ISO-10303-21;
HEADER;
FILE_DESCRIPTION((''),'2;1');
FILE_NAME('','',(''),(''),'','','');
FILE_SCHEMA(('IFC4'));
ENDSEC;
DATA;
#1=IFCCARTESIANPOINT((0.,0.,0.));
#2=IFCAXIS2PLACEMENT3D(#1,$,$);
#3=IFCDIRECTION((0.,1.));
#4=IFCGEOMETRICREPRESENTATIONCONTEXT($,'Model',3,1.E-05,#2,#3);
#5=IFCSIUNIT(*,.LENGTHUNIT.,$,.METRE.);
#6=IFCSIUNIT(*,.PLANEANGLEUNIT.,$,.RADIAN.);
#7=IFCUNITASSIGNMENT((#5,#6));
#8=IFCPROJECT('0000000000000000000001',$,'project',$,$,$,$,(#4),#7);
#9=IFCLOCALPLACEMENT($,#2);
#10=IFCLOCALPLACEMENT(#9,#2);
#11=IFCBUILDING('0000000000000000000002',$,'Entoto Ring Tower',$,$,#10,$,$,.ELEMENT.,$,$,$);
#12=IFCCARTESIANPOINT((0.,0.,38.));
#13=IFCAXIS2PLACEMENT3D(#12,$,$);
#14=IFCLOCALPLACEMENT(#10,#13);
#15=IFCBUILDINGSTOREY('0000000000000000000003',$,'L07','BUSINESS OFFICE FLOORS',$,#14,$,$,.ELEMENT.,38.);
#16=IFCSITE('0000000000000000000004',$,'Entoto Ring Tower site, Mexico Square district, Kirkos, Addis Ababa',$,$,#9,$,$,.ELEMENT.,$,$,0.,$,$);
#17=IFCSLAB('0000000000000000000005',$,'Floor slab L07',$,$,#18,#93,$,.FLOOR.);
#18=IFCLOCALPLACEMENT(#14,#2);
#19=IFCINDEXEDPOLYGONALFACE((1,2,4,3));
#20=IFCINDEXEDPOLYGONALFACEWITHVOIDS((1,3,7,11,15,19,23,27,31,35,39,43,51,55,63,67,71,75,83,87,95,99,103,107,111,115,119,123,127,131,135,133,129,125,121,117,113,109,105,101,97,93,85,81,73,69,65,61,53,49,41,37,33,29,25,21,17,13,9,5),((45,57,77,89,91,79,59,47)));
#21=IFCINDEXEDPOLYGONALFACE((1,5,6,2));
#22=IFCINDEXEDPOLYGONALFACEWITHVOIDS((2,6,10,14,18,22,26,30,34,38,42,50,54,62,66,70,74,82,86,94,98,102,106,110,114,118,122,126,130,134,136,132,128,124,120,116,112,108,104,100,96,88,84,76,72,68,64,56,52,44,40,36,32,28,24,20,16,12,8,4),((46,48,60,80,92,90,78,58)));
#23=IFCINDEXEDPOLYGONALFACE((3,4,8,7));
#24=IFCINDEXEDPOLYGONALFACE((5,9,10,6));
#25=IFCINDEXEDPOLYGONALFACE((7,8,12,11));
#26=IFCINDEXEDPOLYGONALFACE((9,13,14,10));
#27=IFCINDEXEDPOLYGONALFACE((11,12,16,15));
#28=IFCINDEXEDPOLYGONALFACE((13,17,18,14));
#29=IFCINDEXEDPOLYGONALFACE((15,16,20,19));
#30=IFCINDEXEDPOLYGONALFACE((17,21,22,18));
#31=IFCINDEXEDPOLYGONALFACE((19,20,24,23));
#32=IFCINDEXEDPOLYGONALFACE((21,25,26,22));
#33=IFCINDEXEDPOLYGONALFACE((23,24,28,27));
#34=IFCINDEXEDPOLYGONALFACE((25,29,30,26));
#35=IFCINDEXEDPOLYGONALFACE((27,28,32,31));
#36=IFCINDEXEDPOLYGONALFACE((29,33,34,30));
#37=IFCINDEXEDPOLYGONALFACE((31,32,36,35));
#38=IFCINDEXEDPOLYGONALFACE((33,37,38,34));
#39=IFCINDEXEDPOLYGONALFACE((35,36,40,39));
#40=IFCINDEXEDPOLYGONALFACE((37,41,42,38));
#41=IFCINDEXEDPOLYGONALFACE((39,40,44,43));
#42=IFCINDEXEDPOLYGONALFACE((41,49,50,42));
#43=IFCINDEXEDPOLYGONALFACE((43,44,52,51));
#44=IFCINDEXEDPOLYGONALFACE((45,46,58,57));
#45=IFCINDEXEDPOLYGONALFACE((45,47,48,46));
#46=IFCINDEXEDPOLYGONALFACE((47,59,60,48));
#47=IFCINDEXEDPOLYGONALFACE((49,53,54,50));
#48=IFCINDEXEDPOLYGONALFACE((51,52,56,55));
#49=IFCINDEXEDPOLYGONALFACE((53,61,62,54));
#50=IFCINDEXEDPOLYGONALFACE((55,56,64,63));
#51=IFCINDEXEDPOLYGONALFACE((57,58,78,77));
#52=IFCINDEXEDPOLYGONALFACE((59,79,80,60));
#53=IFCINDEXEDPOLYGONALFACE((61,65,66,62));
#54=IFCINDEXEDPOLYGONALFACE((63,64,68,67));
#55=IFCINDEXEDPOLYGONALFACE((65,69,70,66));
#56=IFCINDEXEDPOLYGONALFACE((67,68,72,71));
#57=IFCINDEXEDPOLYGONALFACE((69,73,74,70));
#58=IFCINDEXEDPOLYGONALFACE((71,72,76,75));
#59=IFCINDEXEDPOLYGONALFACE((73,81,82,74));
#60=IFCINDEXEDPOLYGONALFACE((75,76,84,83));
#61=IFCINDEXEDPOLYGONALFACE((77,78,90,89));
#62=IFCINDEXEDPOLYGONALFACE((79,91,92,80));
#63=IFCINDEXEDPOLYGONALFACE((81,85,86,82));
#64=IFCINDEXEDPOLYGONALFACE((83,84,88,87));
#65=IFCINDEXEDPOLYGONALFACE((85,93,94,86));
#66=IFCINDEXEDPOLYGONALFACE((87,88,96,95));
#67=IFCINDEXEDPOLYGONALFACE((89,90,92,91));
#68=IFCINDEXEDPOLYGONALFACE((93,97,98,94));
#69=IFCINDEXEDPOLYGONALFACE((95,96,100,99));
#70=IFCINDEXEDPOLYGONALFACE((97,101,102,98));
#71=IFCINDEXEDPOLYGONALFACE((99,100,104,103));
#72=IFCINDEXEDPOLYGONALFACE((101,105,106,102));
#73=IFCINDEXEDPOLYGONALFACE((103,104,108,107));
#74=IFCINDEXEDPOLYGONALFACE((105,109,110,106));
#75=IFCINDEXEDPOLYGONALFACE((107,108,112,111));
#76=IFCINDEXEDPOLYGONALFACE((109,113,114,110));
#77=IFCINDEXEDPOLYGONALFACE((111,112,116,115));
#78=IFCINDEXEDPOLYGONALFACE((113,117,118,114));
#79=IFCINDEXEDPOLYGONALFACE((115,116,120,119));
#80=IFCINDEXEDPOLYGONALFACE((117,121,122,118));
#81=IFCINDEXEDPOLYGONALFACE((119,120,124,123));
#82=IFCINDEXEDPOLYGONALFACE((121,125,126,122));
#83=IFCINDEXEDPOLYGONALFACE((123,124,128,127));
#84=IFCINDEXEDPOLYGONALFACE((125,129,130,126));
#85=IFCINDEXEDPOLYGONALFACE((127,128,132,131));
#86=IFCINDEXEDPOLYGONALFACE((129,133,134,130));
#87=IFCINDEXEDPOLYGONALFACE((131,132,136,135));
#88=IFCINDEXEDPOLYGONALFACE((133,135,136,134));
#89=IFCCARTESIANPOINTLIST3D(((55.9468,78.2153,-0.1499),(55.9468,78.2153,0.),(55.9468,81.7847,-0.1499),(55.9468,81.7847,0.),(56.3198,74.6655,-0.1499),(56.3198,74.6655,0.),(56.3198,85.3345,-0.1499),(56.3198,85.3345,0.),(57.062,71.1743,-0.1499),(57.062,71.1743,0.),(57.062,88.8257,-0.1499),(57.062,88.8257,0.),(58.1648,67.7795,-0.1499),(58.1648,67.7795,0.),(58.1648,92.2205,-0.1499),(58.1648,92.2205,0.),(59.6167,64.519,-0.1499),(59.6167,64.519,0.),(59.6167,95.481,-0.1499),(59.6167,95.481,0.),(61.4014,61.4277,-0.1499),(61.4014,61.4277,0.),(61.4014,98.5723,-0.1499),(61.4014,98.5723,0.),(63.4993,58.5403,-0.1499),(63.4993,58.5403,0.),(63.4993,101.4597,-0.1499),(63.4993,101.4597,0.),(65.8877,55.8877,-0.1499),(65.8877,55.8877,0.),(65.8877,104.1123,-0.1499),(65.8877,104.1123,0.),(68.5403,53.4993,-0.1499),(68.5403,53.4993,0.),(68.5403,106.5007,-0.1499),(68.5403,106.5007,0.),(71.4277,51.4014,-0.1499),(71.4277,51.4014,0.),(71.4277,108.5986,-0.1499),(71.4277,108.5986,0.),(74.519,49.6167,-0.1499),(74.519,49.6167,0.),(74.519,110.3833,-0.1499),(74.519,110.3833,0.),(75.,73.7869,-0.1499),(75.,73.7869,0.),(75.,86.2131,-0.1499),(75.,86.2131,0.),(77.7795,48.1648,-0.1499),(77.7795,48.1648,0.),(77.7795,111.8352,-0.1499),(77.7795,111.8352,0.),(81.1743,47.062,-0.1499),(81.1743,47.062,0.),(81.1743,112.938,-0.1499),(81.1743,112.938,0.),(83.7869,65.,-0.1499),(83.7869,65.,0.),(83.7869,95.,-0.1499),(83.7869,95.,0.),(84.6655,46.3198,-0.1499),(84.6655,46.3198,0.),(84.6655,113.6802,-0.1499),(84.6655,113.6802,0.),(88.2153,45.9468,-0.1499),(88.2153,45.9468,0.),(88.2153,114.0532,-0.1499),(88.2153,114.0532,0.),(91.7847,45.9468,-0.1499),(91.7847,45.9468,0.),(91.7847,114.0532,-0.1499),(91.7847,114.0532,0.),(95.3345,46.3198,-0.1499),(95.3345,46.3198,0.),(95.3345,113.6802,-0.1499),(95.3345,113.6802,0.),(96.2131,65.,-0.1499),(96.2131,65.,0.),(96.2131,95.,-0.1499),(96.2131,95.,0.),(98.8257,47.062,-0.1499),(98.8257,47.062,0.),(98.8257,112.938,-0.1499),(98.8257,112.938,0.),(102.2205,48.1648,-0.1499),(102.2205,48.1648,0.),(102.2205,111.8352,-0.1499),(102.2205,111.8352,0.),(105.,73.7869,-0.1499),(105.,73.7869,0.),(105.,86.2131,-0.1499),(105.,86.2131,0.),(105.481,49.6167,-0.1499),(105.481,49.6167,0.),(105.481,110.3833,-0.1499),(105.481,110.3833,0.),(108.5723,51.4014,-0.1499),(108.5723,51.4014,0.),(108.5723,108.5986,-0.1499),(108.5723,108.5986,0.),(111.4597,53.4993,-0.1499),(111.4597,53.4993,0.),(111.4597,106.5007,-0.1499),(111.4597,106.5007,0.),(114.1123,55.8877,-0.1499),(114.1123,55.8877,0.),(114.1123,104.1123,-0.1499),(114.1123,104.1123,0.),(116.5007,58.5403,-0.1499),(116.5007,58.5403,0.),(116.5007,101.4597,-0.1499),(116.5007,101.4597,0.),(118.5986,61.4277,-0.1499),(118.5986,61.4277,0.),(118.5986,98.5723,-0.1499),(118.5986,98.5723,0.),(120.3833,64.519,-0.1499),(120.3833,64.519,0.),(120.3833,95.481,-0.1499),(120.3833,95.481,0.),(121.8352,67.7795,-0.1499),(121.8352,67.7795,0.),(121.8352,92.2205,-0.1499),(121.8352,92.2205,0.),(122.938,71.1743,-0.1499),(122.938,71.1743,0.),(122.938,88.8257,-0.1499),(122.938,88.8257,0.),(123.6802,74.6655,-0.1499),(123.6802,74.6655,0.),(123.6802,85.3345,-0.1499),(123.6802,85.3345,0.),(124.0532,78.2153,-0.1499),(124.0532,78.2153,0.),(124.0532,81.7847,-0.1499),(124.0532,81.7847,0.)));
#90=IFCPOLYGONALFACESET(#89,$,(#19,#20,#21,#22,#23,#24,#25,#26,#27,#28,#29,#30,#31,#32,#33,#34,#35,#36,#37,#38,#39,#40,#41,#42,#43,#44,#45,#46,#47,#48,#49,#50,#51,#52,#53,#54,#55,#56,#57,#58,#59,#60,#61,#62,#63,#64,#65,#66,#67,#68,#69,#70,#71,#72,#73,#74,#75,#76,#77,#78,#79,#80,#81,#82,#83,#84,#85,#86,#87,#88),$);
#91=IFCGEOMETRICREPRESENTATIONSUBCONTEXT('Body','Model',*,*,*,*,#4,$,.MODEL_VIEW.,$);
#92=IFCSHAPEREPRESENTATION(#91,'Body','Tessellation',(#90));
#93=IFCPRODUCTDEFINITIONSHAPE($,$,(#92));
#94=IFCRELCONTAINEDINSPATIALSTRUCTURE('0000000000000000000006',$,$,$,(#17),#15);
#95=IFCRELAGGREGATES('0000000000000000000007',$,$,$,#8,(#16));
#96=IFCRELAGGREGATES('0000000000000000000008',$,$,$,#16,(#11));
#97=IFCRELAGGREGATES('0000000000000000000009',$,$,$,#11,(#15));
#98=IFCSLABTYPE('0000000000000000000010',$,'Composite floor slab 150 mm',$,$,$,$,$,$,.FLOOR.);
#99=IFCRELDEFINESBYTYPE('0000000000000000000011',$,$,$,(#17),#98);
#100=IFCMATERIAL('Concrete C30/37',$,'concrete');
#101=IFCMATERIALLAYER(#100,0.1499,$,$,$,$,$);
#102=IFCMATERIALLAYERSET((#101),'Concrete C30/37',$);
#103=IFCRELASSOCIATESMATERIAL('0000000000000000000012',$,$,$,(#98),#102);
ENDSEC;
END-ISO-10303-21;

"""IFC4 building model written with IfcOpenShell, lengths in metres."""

from ifc_helpers import new_model, si_unit, direction, frame, origin, place, context, subcontext, project, spatial, polyline, outline, extrude, material, layer, layer_set, type_object, element, save


model = new_model("IFC4")

# Units and contexts
model_context = context("Model", 3, precision=1e-05, world=origin(), true_north=direction((0.0, 1.0)))
body_context = subcontext(model_context, "Body", "Model", "MODEL_VIEW")
ifc_project = project(units=[si_unit("LENGTHUNIT", "METRE"), si_unit("PLANEANGLEUNIT", "RADIAN")], contexts=[model_context])

# Site, building, storey
site_placement = place(None, origin())
building_placement = place(site_placement, origin())
storey_placement = place(building_placement, frame((0.0, 0.0, 38.0)))
site = spatial("IfcSite", under=ifc_project, at=site_placement, Name="Entoto Ring Tower site, Mexico Square district, Kirkos, Addis Ababa", CompositionType="ELEMENT", RefElevation=0.0)
building = spatial("IfcBuilding", under=site, at=building_placement, Name="Entoto Ring Tower", CompositionType="ELEMENT")
storey = spatial("IfcBuildingStorey", under=building, at=storey_placement, Name="L07", Description="BUSINESS OFFICE FLOORS", CompositionType="ELEMENT", Elevation=38.0)

# Slab
ifc_material_1 = material(Name="Concrete C30/37", Category="concrete")
ifc_layer_1 = layer(ifc_material_1, 0.1499)
ifc_layer_set_1 = layer_set([ifc_layer_1], Name="Concrete C30/37")
slab_type = type_object("IfcSlabType", Name="Composite floor slab 150 mm", PredefinedType="FLOOR", material=ifc_layer_set_1)
slab_placement = place(storey_placement, frame((0.0, 0.0, -0.1499)))
element("IfcSlab", 1, at=slab_placement, inside=storey, type_object=slab_type, Name="Floor slab L07", PredefinedType="FLOOR", context=body_context, shape_type="SweptSolid", body=[
    extrude(outline(polyline([(123.6802, 85.3345), (122.938, 88.8257), (121.8352, 92.2205), (120.3833, 95.481), (118.5986, 98.5723), (116.5007, 101.4597), (114.1123, 104.1123), (111.4597, 106.5007), (108.5723, 108.5986), (105.481, 110.3833), (102.2205, 111.8352), (98.8257, 112.938), (95.3345, 113.6802), (91.7847, 114.0532), (88.2153, 114.0532), (84.6655, 113.6802), (81.1743, 112.938), (77.7795, 111.8352), (74.519, 110.3833), (71.4277, 108.5986), (68.5403, 106.5007), (65.8877, 104.1123), (63.4993, 101.4597), (61.4014, 98.5723), (59.6167, 95.481), (58.1648, 92.2205), (57.062, 88.8257), (56.3198, 85.3345), (55.9468, 81.7847), (55.9468, 78.2153), (56.3198, 74.6655), (57.062, 71.1743), (58.1648, 67.7795), (59.6167, 64.519), (61.4014, 61.4277), (63.4993, 58.5403), (65.8877, 55.8877), (68.5403, 53.4993), (71.4277, 51.4014), (74.519, 49.6167), (77.7795, 48.1648), (81.1743, 47.062), (84.6655, 46.3198), (88.2153, 45.9468), (91.7847, 45.9468), (95.3345, 46.3198), (98.8257, 47.062), (102.2205, 48.1648), (105.481, 49.6167), (108.5723, 51.4014), (111.4597, 53.4993), (114.1123, 55.8877), (116.5007, 58.5403), (118.5986, 61.4277), (120.3833, 64.519), (121.8352, 67.7795), (122.938, 71.1743), (123.6802, 74.6655), (124.0532, 78.2153), (124.0532, 81.7847), (123.6802, 85.3345)]), holes=[polyline([(105.0, 73.7869), (105.0, 86.2131), (96.2131, 95.0), (83.7869, 95.0), (75.0, 86.2131), (75.0, 73.7869), (83.7869, 65.0), (96.2131, 65.0), (105.0, 73.7869)])]), origin(), (0.0, 0.0, 1.0), 0.1499),
])

save(model, "model.ifc")
